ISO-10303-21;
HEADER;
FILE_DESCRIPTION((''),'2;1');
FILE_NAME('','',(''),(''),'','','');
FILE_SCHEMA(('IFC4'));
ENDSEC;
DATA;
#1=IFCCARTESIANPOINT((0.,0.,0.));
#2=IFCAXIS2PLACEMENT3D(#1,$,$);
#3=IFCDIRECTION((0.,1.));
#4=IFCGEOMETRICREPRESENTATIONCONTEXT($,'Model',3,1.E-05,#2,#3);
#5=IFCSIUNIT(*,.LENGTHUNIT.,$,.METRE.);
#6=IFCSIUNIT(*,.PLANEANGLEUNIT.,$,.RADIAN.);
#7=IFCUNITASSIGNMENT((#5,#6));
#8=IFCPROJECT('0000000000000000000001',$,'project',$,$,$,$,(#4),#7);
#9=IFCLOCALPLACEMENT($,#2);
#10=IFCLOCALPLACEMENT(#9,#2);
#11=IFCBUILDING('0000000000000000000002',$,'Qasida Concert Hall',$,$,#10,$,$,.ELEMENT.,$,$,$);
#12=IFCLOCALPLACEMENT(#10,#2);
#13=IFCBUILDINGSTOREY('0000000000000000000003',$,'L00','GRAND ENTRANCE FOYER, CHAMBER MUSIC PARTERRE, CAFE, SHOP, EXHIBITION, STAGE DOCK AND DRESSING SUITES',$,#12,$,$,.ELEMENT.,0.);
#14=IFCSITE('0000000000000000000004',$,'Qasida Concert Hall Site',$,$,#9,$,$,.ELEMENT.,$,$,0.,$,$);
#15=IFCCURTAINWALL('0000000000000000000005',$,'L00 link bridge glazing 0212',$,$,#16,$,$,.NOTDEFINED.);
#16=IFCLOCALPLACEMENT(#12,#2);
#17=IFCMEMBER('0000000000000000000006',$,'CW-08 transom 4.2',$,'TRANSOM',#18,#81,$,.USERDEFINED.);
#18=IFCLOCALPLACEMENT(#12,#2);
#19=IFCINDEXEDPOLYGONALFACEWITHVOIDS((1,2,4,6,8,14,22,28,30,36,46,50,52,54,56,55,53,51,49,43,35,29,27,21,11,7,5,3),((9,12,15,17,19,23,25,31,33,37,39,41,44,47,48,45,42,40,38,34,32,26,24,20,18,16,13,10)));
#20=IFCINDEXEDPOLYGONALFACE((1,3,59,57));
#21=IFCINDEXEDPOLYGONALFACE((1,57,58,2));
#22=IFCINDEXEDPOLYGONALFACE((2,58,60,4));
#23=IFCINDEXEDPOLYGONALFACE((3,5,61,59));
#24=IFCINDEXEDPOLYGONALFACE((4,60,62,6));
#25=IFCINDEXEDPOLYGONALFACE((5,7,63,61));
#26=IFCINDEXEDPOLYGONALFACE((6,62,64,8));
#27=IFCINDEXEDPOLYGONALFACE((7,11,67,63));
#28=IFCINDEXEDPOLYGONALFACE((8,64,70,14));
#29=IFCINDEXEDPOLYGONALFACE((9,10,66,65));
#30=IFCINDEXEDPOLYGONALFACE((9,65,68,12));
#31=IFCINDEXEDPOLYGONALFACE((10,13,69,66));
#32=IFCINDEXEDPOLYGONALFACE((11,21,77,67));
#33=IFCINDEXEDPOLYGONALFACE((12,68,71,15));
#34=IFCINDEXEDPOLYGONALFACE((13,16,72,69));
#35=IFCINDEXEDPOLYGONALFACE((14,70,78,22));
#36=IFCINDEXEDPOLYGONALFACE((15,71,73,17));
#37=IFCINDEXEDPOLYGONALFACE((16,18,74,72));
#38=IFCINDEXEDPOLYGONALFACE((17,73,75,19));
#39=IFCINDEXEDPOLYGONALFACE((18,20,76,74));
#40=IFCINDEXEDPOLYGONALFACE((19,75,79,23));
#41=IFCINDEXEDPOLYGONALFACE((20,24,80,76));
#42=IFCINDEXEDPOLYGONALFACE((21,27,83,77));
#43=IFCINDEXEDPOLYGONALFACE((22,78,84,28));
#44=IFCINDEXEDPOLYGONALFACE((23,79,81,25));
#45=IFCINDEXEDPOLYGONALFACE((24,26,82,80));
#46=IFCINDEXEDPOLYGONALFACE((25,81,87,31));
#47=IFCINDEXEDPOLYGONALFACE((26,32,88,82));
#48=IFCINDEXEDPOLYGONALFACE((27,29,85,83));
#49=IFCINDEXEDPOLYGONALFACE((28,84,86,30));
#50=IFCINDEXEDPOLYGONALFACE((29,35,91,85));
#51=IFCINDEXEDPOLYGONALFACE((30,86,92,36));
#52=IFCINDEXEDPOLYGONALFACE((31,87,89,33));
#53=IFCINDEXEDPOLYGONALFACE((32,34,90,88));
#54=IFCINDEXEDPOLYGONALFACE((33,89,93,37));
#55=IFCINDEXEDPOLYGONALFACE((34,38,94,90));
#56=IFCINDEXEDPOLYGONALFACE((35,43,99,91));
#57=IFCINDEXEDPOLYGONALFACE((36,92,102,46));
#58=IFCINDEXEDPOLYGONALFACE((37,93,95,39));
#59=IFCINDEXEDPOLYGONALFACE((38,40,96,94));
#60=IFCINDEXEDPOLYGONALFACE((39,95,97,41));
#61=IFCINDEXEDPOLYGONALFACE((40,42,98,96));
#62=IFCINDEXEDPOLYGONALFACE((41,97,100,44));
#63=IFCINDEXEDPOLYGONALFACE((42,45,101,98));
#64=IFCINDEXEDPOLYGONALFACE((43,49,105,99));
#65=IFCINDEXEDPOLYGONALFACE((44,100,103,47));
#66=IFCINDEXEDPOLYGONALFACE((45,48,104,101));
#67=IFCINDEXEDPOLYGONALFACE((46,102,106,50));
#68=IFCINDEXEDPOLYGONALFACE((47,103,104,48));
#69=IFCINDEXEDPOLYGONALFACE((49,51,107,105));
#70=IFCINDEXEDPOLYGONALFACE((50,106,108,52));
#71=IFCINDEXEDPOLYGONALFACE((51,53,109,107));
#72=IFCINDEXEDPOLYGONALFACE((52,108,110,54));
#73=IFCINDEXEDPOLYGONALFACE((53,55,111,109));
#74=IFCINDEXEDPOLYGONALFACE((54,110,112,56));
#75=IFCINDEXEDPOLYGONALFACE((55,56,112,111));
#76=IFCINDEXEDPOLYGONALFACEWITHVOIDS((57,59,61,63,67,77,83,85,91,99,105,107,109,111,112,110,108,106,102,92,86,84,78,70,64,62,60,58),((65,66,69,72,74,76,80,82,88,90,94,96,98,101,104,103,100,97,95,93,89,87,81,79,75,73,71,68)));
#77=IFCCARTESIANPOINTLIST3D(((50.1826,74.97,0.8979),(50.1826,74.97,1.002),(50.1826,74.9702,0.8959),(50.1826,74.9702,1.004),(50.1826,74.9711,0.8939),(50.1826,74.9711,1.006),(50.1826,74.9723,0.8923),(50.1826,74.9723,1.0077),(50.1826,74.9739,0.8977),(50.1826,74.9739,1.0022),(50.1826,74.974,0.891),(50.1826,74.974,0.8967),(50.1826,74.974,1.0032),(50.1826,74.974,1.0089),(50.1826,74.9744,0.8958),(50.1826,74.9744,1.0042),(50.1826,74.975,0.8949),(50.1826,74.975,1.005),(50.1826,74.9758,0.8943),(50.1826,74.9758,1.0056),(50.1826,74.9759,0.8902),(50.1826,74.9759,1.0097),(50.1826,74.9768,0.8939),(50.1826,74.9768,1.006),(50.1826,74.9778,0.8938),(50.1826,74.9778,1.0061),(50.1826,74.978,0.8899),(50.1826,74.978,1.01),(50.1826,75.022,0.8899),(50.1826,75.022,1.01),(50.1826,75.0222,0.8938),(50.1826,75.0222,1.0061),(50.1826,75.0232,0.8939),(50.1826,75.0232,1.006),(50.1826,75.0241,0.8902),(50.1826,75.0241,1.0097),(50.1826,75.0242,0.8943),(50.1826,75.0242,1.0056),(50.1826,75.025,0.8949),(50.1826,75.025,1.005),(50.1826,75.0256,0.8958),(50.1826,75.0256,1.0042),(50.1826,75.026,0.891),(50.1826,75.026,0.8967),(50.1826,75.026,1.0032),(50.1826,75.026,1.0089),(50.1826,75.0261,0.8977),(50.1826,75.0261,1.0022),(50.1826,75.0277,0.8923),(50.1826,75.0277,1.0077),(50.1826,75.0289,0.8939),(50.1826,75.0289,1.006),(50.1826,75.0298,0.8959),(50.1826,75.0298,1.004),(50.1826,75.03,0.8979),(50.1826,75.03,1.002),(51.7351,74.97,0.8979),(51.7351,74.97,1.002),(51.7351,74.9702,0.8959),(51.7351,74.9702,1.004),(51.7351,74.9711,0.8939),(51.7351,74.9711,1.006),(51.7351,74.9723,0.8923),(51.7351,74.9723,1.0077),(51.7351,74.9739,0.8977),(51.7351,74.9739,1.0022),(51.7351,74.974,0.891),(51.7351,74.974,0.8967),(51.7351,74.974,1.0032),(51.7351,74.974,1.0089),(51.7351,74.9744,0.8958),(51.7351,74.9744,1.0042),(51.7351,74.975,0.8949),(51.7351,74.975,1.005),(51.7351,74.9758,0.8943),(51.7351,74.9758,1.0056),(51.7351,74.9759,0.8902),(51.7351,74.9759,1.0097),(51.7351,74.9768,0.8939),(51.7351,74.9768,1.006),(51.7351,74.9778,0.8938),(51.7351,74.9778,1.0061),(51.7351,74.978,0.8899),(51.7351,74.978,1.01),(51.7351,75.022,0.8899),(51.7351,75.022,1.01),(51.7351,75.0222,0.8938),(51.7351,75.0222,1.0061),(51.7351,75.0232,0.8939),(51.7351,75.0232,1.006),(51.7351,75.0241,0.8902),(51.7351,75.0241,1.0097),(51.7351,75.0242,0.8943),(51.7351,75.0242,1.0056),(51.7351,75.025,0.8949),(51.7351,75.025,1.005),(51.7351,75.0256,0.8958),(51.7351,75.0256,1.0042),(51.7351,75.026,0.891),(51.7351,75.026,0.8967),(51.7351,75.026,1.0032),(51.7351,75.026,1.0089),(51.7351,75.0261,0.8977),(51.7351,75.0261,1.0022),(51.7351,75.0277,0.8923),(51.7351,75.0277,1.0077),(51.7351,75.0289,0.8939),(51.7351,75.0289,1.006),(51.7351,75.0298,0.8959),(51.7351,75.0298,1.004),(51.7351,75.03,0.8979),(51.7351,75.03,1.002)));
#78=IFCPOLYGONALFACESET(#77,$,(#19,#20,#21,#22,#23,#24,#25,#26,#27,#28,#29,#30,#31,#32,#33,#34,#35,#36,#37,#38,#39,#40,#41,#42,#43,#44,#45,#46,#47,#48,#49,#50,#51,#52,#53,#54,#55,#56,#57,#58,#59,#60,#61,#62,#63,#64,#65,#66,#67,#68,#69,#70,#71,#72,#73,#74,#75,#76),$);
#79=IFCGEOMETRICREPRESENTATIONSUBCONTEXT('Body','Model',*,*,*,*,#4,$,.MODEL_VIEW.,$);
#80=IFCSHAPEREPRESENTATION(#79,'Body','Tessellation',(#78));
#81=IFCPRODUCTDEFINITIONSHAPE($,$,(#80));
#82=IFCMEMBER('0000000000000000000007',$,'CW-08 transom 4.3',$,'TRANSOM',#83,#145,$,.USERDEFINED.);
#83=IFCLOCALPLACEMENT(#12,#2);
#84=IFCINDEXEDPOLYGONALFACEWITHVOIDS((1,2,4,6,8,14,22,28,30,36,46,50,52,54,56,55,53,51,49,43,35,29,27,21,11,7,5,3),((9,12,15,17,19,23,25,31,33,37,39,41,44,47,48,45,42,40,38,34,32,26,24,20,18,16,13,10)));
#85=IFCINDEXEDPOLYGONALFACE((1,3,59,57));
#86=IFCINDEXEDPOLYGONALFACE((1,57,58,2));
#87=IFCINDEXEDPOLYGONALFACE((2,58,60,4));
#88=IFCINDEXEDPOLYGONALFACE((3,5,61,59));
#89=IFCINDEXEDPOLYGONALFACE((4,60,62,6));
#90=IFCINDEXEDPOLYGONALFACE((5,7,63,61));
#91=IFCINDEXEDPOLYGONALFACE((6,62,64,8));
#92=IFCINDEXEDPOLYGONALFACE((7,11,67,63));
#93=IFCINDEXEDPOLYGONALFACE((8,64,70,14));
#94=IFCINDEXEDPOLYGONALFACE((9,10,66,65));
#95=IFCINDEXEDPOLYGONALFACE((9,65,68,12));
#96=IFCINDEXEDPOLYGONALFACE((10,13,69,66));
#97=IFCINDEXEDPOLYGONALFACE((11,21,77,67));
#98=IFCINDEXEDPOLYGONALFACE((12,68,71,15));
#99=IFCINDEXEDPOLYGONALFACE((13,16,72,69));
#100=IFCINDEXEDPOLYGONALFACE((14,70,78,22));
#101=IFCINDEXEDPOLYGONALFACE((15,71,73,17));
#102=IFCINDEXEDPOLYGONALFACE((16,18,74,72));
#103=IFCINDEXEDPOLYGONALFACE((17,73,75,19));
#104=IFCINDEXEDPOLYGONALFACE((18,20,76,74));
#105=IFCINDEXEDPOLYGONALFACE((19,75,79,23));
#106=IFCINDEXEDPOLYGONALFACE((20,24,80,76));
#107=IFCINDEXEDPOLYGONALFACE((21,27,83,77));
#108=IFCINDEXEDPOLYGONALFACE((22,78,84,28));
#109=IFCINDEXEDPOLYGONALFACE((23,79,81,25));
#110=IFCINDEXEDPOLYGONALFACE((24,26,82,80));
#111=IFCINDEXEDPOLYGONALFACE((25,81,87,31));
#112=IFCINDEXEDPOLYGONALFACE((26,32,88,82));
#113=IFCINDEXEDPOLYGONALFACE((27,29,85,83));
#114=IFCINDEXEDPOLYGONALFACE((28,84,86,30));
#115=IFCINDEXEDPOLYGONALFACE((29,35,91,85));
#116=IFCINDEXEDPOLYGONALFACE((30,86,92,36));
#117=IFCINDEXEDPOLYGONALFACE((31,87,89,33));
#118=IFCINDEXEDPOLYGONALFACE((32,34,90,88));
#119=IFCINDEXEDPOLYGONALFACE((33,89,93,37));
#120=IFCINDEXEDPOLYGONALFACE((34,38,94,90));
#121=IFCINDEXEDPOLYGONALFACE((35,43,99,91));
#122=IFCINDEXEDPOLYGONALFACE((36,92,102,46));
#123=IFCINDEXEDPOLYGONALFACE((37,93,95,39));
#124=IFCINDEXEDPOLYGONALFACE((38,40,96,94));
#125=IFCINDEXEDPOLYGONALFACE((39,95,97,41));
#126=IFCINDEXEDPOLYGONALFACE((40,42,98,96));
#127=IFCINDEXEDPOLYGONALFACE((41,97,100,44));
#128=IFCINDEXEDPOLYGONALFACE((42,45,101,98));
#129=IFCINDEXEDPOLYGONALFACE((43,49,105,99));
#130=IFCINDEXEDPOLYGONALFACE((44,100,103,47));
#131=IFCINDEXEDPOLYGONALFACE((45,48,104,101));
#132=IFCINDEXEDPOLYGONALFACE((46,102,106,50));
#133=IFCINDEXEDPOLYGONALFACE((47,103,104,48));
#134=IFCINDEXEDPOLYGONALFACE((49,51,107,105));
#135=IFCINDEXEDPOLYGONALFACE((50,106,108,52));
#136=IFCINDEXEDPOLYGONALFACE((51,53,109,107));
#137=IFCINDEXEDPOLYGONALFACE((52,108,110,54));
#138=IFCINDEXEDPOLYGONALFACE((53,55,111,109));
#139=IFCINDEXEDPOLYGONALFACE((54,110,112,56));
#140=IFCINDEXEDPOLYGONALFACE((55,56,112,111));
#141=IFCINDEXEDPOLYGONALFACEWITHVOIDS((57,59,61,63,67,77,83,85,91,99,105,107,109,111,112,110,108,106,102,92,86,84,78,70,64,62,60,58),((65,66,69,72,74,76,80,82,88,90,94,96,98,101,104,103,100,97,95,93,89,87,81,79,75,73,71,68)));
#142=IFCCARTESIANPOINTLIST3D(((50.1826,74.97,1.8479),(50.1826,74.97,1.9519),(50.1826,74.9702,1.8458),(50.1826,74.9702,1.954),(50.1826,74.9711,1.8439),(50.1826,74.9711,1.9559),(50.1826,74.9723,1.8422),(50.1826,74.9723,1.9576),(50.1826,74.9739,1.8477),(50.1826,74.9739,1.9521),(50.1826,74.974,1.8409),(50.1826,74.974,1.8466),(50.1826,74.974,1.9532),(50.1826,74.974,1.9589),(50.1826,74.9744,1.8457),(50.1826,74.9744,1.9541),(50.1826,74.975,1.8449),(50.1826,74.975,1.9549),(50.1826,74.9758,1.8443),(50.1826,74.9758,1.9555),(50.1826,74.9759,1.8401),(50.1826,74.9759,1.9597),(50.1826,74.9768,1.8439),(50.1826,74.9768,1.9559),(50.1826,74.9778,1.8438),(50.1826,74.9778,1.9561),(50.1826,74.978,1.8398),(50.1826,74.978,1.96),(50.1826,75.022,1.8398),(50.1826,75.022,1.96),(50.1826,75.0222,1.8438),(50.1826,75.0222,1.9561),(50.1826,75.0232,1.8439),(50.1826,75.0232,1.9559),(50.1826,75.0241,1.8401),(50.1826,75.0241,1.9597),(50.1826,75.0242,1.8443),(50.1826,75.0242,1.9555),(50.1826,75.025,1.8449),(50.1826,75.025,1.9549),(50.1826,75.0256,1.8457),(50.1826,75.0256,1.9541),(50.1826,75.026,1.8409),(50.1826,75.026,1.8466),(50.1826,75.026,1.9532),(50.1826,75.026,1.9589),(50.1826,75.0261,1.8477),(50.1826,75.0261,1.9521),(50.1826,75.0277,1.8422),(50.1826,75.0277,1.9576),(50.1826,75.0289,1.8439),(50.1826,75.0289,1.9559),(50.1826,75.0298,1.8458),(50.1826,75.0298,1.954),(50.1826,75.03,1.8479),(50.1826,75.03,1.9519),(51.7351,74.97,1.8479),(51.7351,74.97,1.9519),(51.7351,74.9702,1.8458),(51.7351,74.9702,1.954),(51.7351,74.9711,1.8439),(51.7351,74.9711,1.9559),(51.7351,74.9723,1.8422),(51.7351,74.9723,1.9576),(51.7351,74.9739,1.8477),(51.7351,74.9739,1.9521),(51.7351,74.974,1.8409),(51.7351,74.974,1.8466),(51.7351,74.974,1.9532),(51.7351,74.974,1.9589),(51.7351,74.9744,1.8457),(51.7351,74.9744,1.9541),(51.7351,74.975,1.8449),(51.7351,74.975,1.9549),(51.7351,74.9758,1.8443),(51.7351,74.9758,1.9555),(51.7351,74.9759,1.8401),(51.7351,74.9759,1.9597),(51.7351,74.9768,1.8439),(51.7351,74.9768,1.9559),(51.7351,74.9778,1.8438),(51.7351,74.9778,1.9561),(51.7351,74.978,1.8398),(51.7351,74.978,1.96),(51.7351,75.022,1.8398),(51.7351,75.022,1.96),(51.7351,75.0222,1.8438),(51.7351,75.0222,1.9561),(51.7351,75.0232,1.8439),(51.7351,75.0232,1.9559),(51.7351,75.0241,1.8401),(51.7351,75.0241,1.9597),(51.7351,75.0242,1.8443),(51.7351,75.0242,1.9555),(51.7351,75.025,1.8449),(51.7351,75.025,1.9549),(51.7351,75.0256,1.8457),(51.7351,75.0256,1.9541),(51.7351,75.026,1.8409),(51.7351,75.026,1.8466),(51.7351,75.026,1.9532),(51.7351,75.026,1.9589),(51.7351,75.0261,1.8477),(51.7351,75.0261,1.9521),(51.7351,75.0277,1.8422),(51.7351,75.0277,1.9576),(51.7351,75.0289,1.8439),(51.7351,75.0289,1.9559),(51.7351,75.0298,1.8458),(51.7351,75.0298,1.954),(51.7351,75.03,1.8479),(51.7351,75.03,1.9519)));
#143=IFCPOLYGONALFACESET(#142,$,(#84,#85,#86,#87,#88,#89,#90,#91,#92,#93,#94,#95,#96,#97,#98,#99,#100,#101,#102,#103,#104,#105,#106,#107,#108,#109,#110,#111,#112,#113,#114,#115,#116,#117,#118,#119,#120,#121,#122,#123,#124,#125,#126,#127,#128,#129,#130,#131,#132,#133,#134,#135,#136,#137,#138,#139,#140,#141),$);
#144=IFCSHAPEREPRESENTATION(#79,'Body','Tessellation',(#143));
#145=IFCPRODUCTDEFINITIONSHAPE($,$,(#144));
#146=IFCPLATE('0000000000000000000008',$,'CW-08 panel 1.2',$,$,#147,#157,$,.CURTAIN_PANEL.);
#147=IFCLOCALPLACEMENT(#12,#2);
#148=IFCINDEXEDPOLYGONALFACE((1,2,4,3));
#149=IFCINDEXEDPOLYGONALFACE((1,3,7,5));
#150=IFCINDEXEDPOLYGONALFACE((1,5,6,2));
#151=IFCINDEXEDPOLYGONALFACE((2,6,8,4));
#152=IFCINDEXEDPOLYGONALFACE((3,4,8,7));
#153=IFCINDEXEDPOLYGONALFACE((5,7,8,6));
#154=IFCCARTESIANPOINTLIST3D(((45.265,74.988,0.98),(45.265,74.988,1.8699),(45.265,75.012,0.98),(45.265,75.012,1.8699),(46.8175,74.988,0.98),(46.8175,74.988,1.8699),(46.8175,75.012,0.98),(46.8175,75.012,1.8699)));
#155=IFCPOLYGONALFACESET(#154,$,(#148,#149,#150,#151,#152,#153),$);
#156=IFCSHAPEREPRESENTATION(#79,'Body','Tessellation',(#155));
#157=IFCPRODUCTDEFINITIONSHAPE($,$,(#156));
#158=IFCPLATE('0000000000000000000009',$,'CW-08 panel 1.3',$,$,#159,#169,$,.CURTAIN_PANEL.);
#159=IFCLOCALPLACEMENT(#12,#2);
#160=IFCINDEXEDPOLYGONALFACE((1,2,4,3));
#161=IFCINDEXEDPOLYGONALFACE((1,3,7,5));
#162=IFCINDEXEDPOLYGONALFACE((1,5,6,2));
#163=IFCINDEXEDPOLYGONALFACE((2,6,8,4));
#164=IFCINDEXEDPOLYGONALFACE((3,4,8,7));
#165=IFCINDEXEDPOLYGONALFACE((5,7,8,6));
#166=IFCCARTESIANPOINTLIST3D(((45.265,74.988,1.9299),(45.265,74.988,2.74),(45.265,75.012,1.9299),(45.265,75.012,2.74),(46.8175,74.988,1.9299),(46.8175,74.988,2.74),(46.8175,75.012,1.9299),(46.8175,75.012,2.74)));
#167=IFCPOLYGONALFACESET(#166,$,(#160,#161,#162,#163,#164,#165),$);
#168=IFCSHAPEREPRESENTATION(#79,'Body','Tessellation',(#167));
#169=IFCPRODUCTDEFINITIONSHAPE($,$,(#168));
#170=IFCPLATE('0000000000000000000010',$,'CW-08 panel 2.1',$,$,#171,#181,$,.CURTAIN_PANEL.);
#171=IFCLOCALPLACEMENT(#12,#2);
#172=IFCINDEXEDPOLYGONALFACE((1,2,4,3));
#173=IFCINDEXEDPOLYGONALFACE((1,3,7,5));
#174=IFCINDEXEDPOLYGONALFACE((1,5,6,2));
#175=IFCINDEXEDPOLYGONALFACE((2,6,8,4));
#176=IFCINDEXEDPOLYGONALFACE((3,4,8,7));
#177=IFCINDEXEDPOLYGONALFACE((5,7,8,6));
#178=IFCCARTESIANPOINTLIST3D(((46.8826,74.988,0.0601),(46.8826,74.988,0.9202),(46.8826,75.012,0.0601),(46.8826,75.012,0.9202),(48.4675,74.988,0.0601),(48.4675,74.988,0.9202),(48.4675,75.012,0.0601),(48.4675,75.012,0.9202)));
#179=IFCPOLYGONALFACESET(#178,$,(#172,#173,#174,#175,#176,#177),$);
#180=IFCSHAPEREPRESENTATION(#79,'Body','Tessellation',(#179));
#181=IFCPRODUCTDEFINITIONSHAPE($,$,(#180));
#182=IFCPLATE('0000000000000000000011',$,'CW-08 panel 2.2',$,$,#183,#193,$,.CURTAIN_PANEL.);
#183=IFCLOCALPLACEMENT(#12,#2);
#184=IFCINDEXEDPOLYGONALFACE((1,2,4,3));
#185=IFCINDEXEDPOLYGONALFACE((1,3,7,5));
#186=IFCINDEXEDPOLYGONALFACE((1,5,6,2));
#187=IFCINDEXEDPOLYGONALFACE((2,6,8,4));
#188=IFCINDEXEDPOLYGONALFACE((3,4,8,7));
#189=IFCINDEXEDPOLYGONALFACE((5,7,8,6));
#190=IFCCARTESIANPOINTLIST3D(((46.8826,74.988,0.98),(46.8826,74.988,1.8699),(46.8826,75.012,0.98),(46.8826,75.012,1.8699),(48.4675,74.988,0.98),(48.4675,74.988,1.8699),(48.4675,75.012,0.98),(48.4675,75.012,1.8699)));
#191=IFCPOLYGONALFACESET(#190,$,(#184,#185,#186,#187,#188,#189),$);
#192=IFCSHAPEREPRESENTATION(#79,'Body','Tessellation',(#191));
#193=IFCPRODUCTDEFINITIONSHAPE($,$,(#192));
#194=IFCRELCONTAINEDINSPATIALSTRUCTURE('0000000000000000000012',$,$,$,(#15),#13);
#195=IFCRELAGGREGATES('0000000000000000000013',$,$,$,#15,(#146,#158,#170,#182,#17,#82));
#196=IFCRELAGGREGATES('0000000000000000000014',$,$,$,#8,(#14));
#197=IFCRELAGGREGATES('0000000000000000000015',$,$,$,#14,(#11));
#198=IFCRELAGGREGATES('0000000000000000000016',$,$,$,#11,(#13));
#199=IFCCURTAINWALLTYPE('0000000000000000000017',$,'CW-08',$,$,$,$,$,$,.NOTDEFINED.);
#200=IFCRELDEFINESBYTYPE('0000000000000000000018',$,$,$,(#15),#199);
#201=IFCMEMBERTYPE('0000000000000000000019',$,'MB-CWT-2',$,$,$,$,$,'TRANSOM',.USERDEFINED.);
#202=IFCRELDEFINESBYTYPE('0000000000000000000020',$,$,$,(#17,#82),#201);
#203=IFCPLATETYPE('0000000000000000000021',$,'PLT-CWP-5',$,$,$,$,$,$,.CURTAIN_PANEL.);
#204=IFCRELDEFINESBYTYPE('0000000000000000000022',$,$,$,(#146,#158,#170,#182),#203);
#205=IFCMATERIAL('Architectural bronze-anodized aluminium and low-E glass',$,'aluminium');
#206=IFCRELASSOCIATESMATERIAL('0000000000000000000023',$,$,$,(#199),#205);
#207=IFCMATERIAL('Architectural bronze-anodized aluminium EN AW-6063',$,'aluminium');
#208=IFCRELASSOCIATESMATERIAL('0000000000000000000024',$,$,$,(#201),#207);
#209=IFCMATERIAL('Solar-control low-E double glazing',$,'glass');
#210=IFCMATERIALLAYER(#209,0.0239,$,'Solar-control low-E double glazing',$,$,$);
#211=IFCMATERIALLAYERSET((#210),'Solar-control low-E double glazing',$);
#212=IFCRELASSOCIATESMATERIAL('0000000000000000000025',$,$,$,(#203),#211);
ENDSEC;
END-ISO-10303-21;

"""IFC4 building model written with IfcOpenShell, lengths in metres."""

from ifc_helpers import new_model, si_unit, direction, frame, origin, origin_2d, place, context, subcontext, project, spatial, rectangle, hollow_rectangle, extrude, material, layer, layer_set, material_profile, profile_set, type_object, element, aggregate, save


model = new_model("IFC4")

# Units and contexts
model_context = context("Model", 3, precision=1e-05, world=origin(), true_north=direction((0.0, 1.0)))
body_context = subcontext(model_context, "Body", "Model", "MODEL_VIEW")
ifc_project = project(units=[si_unit("LENGTHUNIT", "METRE"), si_unit("PLANEANGLEUNIT", "RADIAN")], contexts=[model_context])

# Site, building, storey
site_placement = place(None, origin())
site = spatial("IfcSite", under=ifc_project, at=site_placement, Name="Qasida Concert Hall Site", CompositionType="ELEMENT", RefElevation=0.0)
building_placement = place(site_placement, origin())
building = spatial("IfcBuilding", under=site, at=building_placement, Name="Qasida Concert Hall", CompositionType="ELEMENT")
storey_placement = place(building_placement, origin())
storey = spatial("IfcBuildingStorey", under=building, at=storey_placement, Name="L00", Description="GRAND ENTRANCE FOYER, CHAMBER MUSIC PARTERRE, CAFE, SHOP, EXHIBITION, STAGE DOCK AND DRESSING SUITES", CompositionType="ELEMENT", Elevation=0.0)

# Curtain wall, members, plates
ifc_material_1 = material(Name="Architectural bronze-anodized aluminium and low-E glass", Category="aluminium")
curtain_wall_type = type_object("IfcCurtainWallType", Name="CW-08", PredefinedType="NOTDEFINED", material=ifc_material_1)
curtain_wall_placement = place(storey_placement, origin())
curtain_wall = element("IfcCurtainWall", 1, at=curtain_wall_placement, inside=storey, type_object=curtain_wall_type, Name="L00 link bridge glazing 0212", PredefinedType="NOTDEFINED")
ifc_material_2 = material(Name="Architectural bronze-anodized aluminium EN AW-6063", Category="aluminium")
ifc_material_profile_1 = material_profile(ifc_material_2, hollow_rectangle(XDim=0.0601, YDim=0.1201, WallThickness=0.0039, InnerFilletRadius=0.0039, OuterFilletRadius=0.0081, at=origin_2d()), Name="CWT 120x60x4")
ifc_profile_set_1 = profile_set([ifc_material_profile_1], Name="Architectural bronze-anodized aluminium EN AW-6063")
member_type_1 = type_object("IfcMemberType", Name="MB-CWT-2", ElementType="TRANSOM", PredefinedType="USERDEFINED", material=ifc_profile_set_1)
member_1_placement = place(storey_placement, frame((50.1826, 75.0, 0.95), z_axis=(1.0, 0.0, 0.0), x_axis=(0.0, 1.0, 0.0)))
member_1 = element("IfcMember", 2, at=member_1_placement, type_object=member_type_1, Name="CW-08 transom 4.2", ObjectType="TRANSOM", PredefinedType="USERDEFINED", context=body_context, shape_type="SweptSolid", body=[
    extrude(hollow_rectangle(XDim=0.0601, YDim=0.1201, WallThickness=0.0039, InnerFilletRadius=0.0039, OuterFilletRadius=0.0081, at=origin_2d()), origin(), (0.0, 0.0, 1.0), 1.5525),
])
member_2_placement = place(storey_placement, frame((50.1826, 75.0, 1.8999), z_axis=(1.0, 0.0, 0.0), x_axis=(0.0, 1.0, 0.0)))
member_2 = element("IfcMember", 3, at=member_2_placement, type_object=member_type_1, Name="CW-08 transom 4.3", ObjectType="TRANSOM", PredefinedType="USERDEFINED", context=body_context, shape_type="SweptSolid", body=[
    extrude(hollow_rectangle(XDim=0.0601, YDim=0.1201, WallThickness=0.0039, InnerFilletRadius=0.0039, OuterFilletRadius=0.0081, at=origin_2d()), origin(), (0.0, 0.0, 1.0), 1.5525),
])
ifc_material_3 = material(Name="Solar-control low-E double glazing", Category="glass")
ifc_layer = layer(ifc_material_3, 0.0239, Name="Solar-control low-E double glazing")
ifc_layer_set = layer_set([ifc_layer], Name="Solar-control low-E double glazing")
plate_type = type_object("IfcPlateType", Name="PLT-CWP-5", PredefinedType="CURTAIN_PANEL", material=ifc_layer_set)
plate_1_placement = place(storey_placement, frame((46.0413, 75.0, 0.98), z_axis=(0.0, 0.0, 1.0), x_axis=(1.0, 0.0, 0.0)))
plate_1 = element("IfcPlate", 4, at=plate_1_placement, type_object=plate_type, Name="CW-08 panel 1.2", PredefinedType="CURTAIN_PANEL", context=body_context, shape_type="SweptSolid", body=[
    extrude(rectangle(XDim=1.5525, YDim=0.0239, at=origin_2d()), origin(), (0.0, 0.0, 1.0), 0.8899),
])
plate_2_placement = place(storey_placement, frame((46.0413, 75.0, 1.9299), z_axis=(0.0, 0.0, 1.0), x_axis=(1.0, 0.0, 0.0)))
plate_2 = element("IfcPlate", 5, at=plate_2_placement, type_object=plate_type, Name="CW-08 panel 1.3", PredefinedType="CURTAIN_PANEL", context=body_context, shape_type="SweptSolid", body=[
    extrude(rectangle(XDim=1.5525, YDim=0.0239, at=origin_2d()), origin(), (0.0, 0.0, 1.0), 0.8101),
])
plate_3_placement = place(storey_placement, frame((47.675, 75.0, 0.0601), z_axis=(0.0, 0.0, 1.0), x_axis=(1.0, 0.0, 0.0)))
plate_3 = element("IfcPlate", 6, at=plate_3_placement, type_object=plate_type, Name="CW-08 panel 2.1", PredefinedType="CURTAIN_PANEL", context=body_context, shape_type="SweptSolid", body=[
    extrude(rectangle(XDim=1.585, YDim=0.0239, at=origin_2d()), origin(), (0.0, 0.0, 1.0), 0.8601),
])
plate_4_placement = place(storey_placement, frame((47.675, 75.0, 0.98), z_axis=(0.0, 0.0, 1.0), x_axis=(1.0, 0.0, 0.0)))
plate_4 = element("IfcPlate", 7, at=plate_4_placement, type_object=plate_type, Name="CW-08 panel 2.2", PredefinedType="CURTAIN_PANEL", context=body_context, shape_type="SweptSolid", body=[
    extrude(rectangle(XDim=1.585, YDim=0.0239, at=origin_2d()), origin(), (0.0, 0.0, 1.0), 0.8899),
])
aggregate(curtain_wall, [plate_1, plate_2, plate_3, plate_4, member_1, member_2])

save(model, "model.ifc")
